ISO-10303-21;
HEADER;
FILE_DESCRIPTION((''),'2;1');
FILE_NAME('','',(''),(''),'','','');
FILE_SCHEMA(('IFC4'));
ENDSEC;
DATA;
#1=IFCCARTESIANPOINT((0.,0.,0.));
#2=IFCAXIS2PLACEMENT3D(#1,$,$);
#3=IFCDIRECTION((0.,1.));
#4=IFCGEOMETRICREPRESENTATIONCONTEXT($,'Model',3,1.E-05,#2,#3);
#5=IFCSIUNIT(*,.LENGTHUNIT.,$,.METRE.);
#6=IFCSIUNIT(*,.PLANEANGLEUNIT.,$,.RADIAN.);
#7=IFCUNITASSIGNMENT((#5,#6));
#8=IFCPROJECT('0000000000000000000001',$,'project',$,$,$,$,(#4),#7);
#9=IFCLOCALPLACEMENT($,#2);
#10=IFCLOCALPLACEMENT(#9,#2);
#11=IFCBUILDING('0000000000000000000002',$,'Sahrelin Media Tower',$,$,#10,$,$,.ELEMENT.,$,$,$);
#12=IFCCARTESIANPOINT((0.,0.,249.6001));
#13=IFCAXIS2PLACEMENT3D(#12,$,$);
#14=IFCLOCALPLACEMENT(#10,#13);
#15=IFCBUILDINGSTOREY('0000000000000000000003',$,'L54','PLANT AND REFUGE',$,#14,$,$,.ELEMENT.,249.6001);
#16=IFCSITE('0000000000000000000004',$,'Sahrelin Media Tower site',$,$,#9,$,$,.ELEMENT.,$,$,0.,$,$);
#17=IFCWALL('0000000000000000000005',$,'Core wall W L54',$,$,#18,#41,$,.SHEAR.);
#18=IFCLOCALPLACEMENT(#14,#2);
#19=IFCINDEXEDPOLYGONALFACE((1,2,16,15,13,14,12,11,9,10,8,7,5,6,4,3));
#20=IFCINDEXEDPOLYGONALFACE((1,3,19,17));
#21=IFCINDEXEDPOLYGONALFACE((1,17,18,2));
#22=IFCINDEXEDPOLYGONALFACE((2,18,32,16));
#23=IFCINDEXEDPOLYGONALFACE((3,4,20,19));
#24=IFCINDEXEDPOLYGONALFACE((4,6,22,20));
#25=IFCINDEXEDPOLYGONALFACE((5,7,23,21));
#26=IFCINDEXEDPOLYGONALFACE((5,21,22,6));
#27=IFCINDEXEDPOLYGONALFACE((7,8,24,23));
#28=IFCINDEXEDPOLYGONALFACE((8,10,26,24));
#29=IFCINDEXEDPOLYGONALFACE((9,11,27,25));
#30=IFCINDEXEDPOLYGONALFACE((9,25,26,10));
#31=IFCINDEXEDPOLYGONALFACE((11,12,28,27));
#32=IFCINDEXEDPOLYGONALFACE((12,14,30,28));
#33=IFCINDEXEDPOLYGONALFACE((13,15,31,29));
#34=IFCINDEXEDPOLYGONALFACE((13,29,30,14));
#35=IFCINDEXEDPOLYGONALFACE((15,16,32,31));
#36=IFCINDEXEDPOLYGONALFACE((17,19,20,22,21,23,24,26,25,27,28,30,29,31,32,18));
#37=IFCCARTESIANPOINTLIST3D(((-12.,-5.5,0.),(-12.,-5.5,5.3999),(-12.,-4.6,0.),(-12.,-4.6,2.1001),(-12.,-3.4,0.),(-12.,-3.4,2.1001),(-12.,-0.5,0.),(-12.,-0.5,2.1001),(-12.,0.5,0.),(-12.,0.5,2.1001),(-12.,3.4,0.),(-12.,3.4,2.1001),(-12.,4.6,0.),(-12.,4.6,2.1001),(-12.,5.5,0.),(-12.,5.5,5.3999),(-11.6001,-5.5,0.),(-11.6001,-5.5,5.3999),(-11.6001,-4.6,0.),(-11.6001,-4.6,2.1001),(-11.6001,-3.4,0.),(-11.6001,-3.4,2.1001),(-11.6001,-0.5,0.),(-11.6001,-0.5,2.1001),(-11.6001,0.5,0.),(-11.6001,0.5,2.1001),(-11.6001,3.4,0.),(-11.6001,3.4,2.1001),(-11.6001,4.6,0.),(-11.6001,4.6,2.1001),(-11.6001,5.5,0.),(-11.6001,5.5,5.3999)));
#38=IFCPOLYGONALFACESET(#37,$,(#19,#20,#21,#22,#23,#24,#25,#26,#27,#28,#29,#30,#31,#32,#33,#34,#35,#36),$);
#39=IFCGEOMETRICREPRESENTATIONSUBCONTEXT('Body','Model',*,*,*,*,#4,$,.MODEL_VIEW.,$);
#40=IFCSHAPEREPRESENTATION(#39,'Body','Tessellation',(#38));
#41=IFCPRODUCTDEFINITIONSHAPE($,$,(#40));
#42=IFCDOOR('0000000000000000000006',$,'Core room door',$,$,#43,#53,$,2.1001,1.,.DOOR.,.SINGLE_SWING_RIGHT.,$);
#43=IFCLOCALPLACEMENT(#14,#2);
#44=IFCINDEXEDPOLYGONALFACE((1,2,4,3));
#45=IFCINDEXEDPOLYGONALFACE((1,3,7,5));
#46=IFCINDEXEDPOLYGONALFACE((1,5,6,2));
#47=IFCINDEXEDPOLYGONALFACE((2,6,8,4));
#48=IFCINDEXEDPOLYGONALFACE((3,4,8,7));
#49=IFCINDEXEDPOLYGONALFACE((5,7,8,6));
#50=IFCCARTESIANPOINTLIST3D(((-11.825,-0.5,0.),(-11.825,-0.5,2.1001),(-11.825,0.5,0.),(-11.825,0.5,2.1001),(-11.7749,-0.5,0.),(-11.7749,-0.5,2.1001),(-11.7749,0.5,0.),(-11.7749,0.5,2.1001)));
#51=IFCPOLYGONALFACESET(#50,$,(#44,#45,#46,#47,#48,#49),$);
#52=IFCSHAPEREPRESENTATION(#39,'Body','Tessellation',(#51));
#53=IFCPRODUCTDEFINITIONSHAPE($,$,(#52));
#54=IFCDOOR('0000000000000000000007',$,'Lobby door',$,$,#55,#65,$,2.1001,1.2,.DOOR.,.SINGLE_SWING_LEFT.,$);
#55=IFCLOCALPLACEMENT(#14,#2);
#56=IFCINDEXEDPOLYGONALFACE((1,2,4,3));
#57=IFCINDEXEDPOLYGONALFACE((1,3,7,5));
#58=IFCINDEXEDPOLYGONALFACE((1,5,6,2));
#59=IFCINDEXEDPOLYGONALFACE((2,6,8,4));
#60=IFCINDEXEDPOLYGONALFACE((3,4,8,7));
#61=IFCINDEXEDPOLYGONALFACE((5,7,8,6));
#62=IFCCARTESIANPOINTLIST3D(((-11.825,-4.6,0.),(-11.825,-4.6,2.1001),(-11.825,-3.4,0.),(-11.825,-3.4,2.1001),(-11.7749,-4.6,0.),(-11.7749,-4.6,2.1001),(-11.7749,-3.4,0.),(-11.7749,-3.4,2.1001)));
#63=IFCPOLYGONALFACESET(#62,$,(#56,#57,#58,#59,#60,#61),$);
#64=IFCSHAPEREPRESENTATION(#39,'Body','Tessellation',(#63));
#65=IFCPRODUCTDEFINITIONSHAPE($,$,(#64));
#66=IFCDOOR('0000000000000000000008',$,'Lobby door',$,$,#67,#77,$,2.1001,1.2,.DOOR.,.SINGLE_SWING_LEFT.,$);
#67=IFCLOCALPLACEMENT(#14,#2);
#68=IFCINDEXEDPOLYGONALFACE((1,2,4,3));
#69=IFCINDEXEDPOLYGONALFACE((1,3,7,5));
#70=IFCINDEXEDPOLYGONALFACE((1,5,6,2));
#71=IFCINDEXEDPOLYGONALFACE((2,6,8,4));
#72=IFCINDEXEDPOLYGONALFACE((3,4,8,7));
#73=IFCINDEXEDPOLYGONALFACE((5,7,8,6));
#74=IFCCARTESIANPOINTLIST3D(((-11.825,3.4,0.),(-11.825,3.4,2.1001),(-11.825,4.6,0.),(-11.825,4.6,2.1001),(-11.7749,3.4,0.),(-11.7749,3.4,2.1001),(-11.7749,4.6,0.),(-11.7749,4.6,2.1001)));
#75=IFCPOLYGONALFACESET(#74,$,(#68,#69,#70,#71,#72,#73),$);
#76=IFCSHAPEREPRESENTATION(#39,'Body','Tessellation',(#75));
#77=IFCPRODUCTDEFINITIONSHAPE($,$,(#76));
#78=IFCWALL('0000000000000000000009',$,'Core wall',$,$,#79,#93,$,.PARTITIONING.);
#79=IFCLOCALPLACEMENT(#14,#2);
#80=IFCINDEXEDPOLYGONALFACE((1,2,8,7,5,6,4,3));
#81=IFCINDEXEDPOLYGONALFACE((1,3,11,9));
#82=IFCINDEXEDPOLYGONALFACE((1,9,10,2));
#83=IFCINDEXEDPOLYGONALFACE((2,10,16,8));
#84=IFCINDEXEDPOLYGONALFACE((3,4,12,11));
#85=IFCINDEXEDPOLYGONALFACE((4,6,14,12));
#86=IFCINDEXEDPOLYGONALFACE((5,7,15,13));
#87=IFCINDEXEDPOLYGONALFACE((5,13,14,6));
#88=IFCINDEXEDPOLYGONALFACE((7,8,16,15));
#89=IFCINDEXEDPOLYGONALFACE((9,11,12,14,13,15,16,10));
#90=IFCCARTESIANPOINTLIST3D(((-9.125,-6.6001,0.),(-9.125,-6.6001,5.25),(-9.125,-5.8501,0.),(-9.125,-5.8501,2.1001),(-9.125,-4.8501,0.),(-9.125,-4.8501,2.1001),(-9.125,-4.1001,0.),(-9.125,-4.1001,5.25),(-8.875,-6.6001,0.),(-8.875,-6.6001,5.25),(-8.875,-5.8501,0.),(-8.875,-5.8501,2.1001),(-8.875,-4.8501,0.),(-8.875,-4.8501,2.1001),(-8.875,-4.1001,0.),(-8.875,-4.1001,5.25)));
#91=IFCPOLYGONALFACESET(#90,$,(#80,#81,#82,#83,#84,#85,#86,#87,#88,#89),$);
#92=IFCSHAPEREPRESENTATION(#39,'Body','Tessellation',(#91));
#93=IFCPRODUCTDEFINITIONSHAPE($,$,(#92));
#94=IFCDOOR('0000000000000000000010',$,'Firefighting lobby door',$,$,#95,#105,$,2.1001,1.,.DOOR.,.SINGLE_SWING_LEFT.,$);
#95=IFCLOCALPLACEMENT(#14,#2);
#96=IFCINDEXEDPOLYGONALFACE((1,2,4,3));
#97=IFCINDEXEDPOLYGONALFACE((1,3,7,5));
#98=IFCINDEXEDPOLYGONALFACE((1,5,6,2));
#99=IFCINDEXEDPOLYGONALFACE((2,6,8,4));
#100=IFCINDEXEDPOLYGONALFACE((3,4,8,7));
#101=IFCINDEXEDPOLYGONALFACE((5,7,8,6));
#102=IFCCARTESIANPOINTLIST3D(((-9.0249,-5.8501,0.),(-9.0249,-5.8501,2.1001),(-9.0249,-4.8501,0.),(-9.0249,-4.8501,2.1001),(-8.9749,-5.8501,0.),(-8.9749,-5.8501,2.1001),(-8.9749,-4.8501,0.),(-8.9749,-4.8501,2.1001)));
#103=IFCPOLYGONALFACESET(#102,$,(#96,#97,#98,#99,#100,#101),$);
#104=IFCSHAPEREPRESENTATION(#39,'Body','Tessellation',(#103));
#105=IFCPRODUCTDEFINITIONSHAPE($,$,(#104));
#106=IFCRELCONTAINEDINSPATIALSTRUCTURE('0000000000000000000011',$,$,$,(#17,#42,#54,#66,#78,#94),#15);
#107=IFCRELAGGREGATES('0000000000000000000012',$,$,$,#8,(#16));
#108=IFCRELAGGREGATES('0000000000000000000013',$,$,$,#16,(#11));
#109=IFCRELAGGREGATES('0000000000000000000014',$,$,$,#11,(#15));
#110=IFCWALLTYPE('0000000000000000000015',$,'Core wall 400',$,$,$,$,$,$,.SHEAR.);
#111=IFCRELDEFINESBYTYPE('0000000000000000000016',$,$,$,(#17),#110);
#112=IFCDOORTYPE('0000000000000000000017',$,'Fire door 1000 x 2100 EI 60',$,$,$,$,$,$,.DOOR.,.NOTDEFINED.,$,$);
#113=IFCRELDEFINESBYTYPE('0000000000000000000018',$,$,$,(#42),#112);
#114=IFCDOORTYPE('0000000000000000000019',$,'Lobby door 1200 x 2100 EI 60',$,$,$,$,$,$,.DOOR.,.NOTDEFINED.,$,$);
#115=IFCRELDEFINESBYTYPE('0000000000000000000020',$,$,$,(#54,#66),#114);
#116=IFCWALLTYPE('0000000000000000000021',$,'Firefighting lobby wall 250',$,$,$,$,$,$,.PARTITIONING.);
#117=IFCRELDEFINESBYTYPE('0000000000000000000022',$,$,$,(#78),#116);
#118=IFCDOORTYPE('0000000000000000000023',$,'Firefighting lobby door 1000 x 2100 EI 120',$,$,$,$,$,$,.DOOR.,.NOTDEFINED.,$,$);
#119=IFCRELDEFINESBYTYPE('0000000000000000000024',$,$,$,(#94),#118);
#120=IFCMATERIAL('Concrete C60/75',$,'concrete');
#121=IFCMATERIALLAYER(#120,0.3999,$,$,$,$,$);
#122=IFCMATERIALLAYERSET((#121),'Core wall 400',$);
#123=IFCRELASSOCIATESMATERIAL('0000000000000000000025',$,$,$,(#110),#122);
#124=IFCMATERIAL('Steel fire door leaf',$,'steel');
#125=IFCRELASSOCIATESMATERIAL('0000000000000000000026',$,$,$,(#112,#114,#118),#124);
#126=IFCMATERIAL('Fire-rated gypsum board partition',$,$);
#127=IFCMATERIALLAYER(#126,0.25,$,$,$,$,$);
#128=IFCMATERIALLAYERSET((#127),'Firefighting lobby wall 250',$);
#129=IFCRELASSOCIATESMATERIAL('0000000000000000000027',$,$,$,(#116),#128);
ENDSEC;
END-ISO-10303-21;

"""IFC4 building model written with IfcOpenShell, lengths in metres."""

from ifc_helpers import new_model, si_unit, direction, frame, frame_2d, origin, place, context, subcontext, project, spatial, rectangle, extrude, material, layer, layer_set, type_object, element, fill, save


model = new_model("IFC4")

# Units and contexts
model_context = context("Model", 3, precision=1e-05, world=origin(), true_north=direction((0.0, 1.0)))
body_context = subcontext(model_context, "Body", "Model", "MODEL_VIEW")
ifc_project = project(units=[si_unit("LENGTHUNIT", "METRE"), si_unit("PLANEANGLEUNIT", "RADIAN")], contexts=[model_context])

# Site, building, storey
site_placement = place(None, origin())
site = spatial("IfcSite", under=ifc_project, at=site_placement, Name="Sahrelin Media Tower site", CompositionType="ELEMENT", RefElevation=0.0)
building_placement = place(site_placement, origin())
building = spatial("IfcBuilding", under=site, at=building_placement, Name="Sahrelin Media Tower", CompositionType="ELEMENT")
storey_placement = place(building_placement, frame((0.0, 0.0, 249.6001)))
storey = spatial("IfcBuildingStorey", under=building, at=storey_placement, Name="L54", Description="PLANT AND REFUGE", CompositionType="ELEMENT", Elevation=249.6001)

# Wall, openings, doors
ifc_material_1 = material(Name="Concrete C60/75", Category="concrete")
ifc_layer_1 = layer(ifc_material_1, 0.3999)
ifc_layer_set_1 = layer_set([ifc_layer_1], Name="Core wall 400")
wall_type_1 = type_object("IfcWallType", Name="Core wall 400", PredefinedType="SHEAR", material=ifc_layer_set_1)
wall_1_placement = place(storey_placement, frame((-11.8, -5.5, 0.0), z_axis=(0.0, 0.0, 1.0), x_axis=(0.0, 1.0, 0.0)))
wall_1 = element("IfcWall", 1, at=wall_1_placement, inside=storey, type_object=wall_type_1, Name="Core wall W L54", PredefinedType="SHEAR", context=body_context, shape_type="SweptSolid", body=[
    extrude(rectangle(XDim=11.0, YDim=0.3999, at=frame_2d((5.5, 0.0))), origin(), (0.0, 0.0, 1.0), 5.3999),
])
opening_1_placement = place(wall_1_placement, frame((5.0, 0.0, 0.0)))
opening_1 = element("IfcOpeningElement", 2, at=opening_1_placement, cuts=wall_1, PredefinedType="OPENING", context=body_context, shape_type="SweptSolid", body=[
    extrude(rectangle(XDim=1.0, YDim=2.1001, at=frame_2d((0.5, 1.05))), frame((0.0, 0.2, 0.0), z_axis=(0.0, -1.0, 0.0), x_axis=(1.0, 0.0, 0.0)), (0.0, 0.0, 1.0), 0.3999),
])
opening_2_placement = place(wall_1_placement, frame((0.8999, 0.0, 0.0)))
opening_2 = element("IfcOpeningElement", 3, at=opening_2_placement, cuts=wall_1, PredefinedType="OPENING", context=body_context, shape_type="SweptSolid", body=[
    extrude(rectangle(XDim=1.2, YDim=2.1001, at=frame_2d((0.6001, 1.05))), frame((0.0, 0.2, 0.0), z_axis=(0.0, -1.0, 0.0), x_axis=(1.0, 0.0, 0.0)), (0.0, 0.0, 1.0), 0.3999),
])
opening_3_placement = place(wall_1_placement, frame((8.8999, 0.0, 0.0)))
opening_3 = element("IfcOpeningElement", 4, at=opening_3_placement, cuts=wall_1, PredefinedType="OPENING", context=body_context, shape_type="SweptSolid", body=[
    extrude(rectangle(XDim=1.2, YDim=2.1001, at=frame_2d((0.6001, 1.05))), frame((0.0, 0.2, 0.0), z_axis=(0.0, -1.0, 0.0), x_axis=(1.0, 0.0, 0.0)), (0.0, 0.0, 1.0), 0.3999),
])
ifc_material_2 = material(Name="Steel fire door leaf", Category="steel")
door_type_1 = type_object("IfcDoorType", Name="Fire door 1000 x 2100 EI 60", OperationType="NOTDEFINED", PredefinedType="DOOR", material=ifc_material_2)
door_1_placement = place(opening_1_placement, origin())
door_1 = element("IfcDoor", 5, at=door_1_placement, inside=storey, type_object=door_type_1, Name="Core room door", OperationType="SINGLE_SWING_RIGHT", OverallHeight=2.1001, OverallWidth=1.0, PredefinedType="DOOR", context=body_context, shape_type="SweptSolid", body=[
    extrude(rectangle(XDim=1.0, YDim=2.1001, at=frame_2d((0.5, 1.05))), frame((0.0, 0.0249, 0.0), z_axis=(0.0, -1.0, 0.0), x_axis=(1.0, 0.0, 0.0)), (0.0, 0.0, 1.0), 0.05),
])
fill(opening_1, door_1)
door_type_2 = type_object("IfcDoorType", Name="Lobby door 1200 x 2100 EI 60", OperationType="NOTDEFINED", PredefinedType="DOOR", material=ifc_material_2)
door_2_placement = place(opening_2_placement, origin())
door_2 = element("IfcDoor", 6, at=door_2_placement, inside=storey, type_object=door_type_2, Name="Lobby door", OperationType="SINGLE_SWING_LEFT", OverallHeight=2.1001, OverallWidth=1.2, PredefinedType="DOOR", context=body_context, shape_type="SweptSolid", body=[
    extrude(rectangle(XDim=1.2, YDim=2.1001, at=frame_2d((0.6001, 1.05))), frame((0.0, 0.0249, 0.0), z_axis=(0.0, -1.0, 0.0), x_axis=(1.0, 0.0, 0.0)), (0.0, 0.0, 1.0), 0.05),
])
fill(opening_2, door_2)
door_3_placement = place(opening_3_placement, origin())
door_3 = element("IfcDoor", 7, at=door_3_placement, inside=storey, type_object=door_type_2, Name="Lobby door", OperationType="SINGLE_SWING_LEFT", OverallHeight=2.1001, OverallWidth=1.2, PredefinedType="DOOR", context=body_context, shape_type="SweptSolid", body=[
    extrude(rectangle(XDim=1.2, YDim=2.1001, at=frame_2d((0.6001, 1.05))), frame((0.0, 0.0249, 0.0), z_axis=(0.0, -1.0, 0.0), x_axis=(1.0, 0.0, 0.0)), (0.0, 0.0, 1.0), 0.05),
])
fill(opening_3, door_3)

# Wall, opening, door
ifc_material_3 = material(Name="Fire-rated gypsum board partition")
ifc_layer_2 = layer(ifc_material_3, 0.25)
ifc_layer_set_2 = layer_set([ifc_layer_2], Name="Firefighting lobby wall 250")
wall_type_2 = type_object("IfcWallType", Name="Firefighting lobby wall 250", PredefinedType="PARTITIONING", material=ifc_layer_set_2)
wall_2_placement = place(storey_placement, frame((-9.0, -6.6001, 0.0), z_axis=(0.0, 0.0, 1.0), x_axis=(0.0, 1.0, 0.0)))
wall_2 = element("IfcWall", 8, at=wall_2_placement, inside=storey, type_object=wall_type_2, Name="Core wall", PredefinedType="PARTITIONING", context=body_context, shape_type="SweptSolid", body=[
    extrude(rectangle(XDim=2.5, YDim=0.25, at=frame_2d((1.25, 0.0))), origin(), (0.0, 0.0, 1.0), 5.25),
])
opening_4_placement = place(wall_2_placement, frame((0.75, 0.0, 0.0)))
opening_4 = element("IfcOpeningElement", 9, at=opening_4_placement, cuts=wall_2, PredefinedType="OPENING", context=body_context, shape_type="SweptSolid", body=[
    extrude(rectangle(XDim=1.0, YDim=2.1001, at=frame_2d((0.5, 1.05))), frame((0.0, 0.125, 0.0), z_axis=(0.0, -1.0, 0.0), x_axis=(1.0, 0.0, 0.0)), (0.0, 0.0, 1.0), 0.25),
])
door_type_3 = type_object("IfcDoorType", Name="Firefighting lobby door 1000 x 2100 EI 120", OperationType="NOTDEFINED", PredefinedType="DOOR", material=ifc_material_2)
door_4_placement = place(opening_4_placement, origin())
door_4 = element("IfcDoor", 10, at=door_4_placement, inside=storey, type_object=door_type_3, Name="Firefighting lobby door", OperationType="SINGLE_SWING_LEFT", OverallHeight=2.1001, OverallWidth=1.0, PredefinedType="DOOR", context=body_context, shape_type="SweptSolid", body=[
    extrude(rectangle(XDim=1.0, YDim=2.1001, at=frame_2d((0.5, 1.05))), frame((0.0, 0.0249, 0.0), z_axis=(0.0, -1.0, 0.0), x_axis=(1.0, 0.0, 0.0)), (0.0, 0.0, 1.0), 0.05),
])
fill(opening_4, door_4)

save(model, "model.ifc")
